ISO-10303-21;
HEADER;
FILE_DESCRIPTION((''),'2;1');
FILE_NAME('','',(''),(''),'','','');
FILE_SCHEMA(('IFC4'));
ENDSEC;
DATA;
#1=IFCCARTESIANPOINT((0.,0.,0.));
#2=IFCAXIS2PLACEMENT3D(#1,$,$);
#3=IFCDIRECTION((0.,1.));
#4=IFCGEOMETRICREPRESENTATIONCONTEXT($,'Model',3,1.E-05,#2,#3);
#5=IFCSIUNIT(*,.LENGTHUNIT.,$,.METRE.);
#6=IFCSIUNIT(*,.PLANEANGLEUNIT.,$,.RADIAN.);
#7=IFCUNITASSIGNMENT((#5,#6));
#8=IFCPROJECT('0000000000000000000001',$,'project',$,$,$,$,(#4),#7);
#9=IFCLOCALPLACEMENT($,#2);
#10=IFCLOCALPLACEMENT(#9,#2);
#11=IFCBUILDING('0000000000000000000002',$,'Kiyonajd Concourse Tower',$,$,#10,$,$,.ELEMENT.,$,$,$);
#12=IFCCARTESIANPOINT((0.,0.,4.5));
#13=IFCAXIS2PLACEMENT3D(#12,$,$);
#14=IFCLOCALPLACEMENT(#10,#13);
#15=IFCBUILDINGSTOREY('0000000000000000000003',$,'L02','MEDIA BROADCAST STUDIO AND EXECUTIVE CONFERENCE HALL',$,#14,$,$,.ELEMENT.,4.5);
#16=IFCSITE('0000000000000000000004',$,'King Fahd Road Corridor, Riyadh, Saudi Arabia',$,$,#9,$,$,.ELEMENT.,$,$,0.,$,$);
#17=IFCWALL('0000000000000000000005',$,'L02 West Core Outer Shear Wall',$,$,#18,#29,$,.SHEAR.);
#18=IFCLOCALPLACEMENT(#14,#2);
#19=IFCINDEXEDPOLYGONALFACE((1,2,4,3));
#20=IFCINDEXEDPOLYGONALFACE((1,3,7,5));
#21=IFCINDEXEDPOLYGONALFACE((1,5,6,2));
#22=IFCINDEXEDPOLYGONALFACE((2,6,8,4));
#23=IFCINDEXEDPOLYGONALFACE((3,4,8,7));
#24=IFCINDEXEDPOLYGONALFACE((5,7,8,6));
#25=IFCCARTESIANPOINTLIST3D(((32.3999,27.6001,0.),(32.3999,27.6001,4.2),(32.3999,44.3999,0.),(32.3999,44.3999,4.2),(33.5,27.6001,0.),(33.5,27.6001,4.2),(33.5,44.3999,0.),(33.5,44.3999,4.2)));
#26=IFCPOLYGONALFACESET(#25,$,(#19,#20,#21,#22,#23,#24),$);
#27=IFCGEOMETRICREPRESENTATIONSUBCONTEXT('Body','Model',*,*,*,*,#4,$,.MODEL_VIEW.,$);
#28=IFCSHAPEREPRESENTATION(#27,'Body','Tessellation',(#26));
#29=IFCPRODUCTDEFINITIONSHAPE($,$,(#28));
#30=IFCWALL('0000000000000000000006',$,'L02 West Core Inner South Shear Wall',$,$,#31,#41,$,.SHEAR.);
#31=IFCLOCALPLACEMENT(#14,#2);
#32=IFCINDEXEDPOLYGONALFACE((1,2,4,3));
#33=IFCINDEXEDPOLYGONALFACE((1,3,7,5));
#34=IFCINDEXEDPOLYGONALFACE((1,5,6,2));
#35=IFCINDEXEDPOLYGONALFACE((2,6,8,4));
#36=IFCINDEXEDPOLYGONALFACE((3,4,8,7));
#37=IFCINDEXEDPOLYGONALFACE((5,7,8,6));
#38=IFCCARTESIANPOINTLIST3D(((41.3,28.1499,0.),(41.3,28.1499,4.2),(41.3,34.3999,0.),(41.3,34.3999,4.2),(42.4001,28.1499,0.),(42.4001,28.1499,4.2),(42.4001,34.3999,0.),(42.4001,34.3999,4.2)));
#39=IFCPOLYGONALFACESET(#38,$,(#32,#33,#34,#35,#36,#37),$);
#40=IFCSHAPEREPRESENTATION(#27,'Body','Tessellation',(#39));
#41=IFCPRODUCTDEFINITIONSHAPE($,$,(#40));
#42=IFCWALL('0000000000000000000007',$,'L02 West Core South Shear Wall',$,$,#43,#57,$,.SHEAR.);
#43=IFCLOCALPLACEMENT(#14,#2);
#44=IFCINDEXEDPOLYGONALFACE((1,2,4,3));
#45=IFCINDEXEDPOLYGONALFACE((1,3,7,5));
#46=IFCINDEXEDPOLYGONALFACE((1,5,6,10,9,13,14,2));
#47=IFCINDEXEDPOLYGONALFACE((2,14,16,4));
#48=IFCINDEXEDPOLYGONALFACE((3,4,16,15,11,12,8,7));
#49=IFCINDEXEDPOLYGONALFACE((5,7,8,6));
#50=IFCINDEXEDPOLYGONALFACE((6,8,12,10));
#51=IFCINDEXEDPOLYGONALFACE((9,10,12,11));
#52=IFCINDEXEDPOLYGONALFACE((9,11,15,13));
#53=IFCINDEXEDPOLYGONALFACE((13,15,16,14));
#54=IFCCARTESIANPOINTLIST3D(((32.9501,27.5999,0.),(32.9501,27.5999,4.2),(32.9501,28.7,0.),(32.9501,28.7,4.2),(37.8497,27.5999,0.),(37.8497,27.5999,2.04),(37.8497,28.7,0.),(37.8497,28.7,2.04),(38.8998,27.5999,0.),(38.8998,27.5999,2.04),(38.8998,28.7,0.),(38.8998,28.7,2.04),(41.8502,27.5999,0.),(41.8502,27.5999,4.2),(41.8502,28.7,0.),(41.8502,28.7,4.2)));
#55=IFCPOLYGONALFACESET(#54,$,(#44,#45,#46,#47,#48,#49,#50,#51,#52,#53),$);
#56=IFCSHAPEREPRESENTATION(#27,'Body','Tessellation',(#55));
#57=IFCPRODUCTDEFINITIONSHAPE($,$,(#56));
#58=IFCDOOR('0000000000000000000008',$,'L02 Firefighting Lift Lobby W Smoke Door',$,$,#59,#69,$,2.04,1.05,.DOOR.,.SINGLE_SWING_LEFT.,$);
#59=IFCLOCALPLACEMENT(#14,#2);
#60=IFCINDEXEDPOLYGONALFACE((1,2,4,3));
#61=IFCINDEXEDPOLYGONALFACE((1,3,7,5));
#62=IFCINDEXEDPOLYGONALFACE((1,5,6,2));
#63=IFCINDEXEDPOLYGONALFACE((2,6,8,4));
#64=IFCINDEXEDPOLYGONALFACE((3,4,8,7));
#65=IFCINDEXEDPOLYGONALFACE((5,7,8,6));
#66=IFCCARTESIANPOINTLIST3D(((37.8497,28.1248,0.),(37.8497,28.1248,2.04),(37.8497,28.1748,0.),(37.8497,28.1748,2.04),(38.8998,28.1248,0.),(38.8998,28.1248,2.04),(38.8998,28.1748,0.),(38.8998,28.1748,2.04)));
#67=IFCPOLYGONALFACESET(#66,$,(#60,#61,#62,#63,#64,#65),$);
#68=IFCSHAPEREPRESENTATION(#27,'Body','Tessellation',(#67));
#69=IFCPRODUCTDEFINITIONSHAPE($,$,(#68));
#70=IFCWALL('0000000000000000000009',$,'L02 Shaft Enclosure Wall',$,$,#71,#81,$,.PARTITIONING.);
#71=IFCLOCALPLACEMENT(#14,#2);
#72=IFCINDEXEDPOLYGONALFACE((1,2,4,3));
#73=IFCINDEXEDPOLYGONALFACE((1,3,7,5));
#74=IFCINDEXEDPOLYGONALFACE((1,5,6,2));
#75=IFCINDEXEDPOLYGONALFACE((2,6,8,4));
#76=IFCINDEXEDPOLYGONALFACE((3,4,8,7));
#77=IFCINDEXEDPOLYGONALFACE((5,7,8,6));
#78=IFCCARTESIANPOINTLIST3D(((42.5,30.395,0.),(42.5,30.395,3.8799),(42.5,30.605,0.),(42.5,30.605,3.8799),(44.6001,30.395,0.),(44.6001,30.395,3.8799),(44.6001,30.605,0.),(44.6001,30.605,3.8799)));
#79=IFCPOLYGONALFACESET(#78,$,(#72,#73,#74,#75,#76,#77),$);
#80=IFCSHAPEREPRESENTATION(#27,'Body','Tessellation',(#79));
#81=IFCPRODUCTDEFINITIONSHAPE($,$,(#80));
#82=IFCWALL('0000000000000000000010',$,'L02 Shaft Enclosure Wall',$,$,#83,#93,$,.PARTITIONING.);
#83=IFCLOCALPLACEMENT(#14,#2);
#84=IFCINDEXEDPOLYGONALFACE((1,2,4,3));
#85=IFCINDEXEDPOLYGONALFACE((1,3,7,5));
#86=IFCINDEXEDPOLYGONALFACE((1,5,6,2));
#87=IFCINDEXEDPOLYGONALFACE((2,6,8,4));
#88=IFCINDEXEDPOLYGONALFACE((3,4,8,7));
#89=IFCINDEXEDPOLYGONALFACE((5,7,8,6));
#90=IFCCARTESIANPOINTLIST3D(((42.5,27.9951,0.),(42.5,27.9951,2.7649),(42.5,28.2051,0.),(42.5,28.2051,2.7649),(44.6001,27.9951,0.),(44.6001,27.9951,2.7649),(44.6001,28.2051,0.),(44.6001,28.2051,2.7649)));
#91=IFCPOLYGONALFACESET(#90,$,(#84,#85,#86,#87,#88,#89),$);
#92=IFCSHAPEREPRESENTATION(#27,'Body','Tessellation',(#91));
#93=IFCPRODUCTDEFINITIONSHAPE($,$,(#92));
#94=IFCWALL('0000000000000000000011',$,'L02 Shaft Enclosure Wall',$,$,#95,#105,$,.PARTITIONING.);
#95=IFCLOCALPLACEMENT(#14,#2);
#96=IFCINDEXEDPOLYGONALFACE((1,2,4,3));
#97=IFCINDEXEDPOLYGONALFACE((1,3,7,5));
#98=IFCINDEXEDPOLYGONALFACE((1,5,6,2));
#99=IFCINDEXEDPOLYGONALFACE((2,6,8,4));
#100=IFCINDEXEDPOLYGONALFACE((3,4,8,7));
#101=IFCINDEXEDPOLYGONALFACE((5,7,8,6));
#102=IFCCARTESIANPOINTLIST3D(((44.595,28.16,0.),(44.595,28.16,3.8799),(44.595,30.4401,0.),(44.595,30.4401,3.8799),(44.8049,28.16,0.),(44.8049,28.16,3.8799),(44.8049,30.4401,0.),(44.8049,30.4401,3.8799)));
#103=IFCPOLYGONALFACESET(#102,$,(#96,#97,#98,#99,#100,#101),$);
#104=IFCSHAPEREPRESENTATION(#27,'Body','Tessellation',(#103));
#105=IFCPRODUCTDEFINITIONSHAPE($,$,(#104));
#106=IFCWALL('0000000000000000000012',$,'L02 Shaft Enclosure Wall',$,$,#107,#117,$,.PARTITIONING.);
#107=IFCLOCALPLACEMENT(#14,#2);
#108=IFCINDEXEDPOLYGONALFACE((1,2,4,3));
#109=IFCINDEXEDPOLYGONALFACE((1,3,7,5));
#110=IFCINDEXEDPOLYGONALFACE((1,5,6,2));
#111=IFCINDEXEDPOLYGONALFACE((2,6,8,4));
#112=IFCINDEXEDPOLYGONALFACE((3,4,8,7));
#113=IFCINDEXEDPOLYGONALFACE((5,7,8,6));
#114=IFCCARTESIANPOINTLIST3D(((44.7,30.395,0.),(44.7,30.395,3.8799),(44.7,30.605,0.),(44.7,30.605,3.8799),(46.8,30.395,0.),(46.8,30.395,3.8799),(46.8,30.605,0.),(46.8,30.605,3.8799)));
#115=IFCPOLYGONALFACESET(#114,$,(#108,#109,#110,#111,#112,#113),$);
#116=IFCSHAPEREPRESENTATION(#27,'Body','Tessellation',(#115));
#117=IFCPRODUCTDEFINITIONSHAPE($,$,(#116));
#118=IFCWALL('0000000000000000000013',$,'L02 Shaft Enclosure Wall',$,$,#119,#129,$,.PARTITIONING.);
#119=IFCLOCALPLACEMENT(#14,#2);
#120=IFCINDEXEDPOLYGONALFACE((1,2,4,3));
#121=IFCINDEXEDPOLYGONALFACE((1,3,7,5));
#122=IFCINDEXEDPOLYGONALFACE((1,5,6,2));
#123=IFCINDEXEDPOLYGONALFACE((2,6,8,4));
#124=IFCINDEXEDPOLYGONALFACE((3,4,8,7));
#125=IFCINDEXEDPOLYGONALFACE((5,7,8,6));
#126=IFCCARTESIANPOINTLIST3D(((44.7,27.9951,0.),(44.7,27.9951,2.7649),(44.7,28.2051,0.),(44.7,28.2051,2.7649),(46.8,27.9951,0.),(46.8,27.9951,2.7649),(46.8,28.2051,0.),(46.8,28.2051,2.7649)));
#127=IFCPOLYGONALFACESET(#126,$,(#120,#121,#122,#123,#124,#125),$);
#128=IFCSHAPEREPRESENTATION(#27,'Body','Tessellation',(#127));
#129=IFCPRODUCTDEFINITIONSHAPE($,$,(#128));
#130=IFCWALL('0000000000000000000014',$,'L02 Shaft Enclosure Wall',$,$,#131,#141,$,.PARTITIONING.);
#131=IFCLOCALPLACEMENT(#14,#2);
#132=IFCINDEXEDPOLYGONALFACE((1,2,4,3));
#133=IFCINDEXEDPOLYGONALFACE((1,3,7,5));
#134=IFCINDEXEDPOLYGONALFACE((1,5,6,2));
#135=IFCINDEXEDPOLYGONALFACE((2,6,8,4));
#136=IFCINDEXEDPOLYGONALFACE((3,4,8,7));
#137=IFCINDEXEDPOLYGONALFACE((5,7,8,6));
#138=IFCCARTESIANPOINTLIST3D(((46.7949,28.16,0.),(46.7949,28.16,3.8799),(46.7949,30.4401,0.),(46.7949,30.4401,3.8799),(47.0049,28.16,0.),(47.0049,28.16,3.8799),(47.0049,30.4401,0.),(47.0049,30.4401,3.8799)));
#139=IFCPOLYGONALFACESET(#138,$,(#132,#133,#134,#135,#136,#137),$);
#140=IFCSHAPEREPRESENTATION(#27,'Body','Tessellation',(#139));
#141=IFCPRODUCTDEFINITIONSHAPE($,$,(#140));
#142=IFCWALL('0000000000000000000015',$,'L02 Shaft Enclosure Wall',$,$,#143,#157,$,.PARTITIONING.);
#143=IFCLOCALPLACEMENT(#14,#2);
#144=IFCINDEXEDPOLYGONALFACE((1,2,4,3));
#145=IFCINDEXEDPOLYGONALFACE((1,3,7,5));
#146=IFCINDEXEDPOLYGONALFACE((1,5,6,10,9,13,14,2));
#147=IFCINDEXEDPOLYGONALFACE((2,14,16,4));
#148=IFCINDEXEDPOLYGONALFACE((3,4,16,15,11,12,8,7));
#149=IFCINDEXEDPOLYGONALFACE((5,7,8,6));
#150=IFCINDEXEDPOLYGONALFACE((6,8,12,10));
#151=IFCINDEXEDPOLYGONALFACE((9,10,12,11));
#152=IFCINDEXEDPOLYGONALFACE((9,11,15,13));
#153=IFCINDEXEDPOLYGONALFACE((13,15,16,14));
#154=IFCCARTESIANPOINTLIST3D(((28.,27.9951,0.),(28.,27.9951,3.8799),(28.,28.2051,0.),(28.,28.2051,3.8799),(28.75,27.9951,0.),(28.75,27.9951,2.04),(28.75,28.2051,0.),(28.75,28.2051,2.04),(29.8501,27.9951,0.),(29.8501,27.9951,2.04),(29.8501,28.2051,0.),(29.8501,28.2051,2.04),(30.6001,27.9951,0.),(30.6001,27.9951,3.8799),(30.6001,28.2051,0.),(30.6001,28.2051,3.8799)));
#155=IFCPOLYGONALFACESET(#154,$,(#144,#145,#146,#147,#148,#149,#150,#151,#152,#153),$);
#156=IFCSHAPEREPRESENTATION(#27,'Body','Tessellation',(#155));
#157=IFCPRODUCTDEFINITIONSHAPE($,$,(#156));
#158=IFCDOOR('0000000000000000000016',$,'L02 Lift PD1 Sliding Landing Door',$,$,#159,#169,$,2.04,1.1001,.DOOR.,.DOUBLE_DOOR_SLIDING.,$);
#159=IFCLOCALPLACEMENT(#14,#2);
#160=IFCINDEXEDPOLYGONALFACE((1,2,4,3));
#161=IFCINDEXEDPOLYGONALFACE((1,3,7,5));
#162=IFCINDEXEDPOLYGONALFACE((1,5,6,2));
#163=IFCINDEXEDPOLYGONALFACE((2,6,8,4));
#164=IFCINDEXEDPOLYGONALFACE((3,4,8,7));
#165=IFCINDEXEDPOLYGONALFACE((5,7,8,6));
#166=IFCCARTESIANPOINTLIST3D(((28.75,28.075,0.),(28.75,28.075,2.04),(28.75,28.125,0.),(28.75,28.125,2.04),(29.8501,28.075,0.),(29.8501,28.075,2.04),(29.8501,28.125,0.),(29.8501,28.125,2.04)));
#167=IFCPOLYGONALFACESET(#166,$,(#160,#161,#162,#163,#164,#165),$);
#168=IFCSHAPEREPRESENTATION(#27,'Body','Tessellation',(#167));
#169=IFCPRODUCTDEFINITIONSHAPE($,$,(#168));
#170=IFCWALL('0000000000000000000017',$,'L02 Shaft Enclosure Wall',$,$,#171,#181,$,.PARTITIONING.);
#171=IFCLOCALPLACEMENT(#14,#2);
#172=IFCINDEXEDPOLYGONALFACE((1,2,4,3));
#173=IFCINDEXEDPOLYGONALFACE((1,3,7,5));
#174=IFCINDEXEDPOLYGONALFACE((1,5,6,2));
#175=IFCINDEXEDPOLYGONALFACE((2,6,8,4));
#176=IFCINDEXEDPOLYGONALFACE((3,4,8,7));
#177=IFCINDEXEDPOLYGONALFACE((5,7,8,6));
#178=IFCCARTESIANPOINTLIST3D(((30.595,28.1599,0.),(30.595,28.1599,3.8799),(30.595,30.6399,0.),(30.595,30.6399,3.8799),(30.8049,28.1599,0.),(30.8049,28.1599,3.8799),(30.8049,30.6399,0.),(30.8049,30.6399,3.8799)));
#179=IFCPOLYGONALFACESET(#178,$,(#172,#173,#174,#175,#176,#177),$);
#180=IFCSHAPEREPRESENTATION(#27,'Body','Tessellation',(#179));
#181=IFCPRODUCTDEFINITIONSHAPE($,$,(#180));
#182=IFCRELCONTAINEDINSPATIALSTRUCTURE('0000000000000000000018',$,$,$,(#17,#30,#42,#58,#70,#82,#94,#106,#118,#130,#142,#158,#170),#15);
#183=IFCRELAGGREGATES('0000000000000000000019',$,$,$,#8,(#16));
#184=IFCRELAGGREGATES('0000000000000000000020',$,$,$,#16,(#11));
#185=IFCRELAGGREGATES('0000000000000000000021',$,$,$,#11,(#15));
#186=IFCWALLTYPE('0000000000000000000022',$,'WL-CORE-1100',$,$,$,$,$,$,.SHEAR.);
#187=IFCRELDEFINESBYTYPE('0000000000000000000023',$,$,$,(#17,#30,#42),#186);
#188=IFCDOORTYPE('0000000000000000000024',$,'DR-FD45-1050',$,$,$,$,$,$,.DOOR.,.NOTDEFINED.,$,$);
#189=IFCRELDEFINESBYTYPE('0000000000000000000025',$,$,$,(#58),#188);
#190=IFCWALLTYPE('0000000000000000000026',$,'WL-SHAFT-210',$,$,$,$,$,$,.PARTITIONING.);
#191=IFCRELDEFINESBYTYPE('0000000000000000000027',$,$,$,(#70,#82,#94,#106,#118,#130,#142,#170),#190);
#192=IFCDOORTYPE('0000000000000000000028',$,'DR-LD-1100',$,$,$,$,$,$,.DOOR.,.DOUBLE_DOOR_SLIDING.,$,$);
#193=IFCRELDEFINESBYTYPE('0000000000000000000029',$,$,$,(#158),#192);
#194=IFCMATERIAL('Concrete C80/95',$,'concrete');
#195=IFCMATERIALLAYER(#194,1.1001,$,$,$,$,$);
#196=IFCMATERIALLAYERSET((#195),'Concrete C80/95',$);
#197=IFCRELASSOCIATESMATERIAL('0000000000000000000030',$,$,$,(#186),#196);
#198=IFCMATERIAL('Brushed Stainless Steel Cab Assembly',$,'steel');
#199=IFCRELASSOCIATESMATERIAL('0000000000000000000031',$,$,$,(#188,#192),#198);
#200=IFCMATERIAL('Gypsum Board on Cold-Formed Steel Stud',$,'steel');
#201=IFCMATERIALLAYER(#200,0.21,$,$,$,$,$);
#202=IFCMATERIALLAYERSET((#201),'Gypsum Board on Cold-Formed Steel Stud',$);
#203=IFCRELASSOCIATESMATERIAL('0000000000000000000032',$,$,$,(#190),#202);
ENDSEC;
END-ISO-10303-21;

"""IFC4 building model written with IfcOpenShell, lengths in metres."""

from ifc_helpers import new_model, si_unit, direction, frame, frame_2d, origin, place, context, subcontext, project, spatial, rectangle, extrude, material, layer, layer_set, type_object, element, fill, save


model = new_model("IFC4")

# Units and contexts
model_context = context("Model", 3, precision=1e-05, world=origin(), true_north=direction((0.0, 1.0)))
body_context = subcontext(model_context, "Body", "Model", "MODEL_VIEW")
ifc_project = project(units=[si_unit("LENGTHUNIT", "METRE"), si_unit("PLANEANGLEUNIT", "RADIAN")], contexts=[model_context])

# Site, building, storey
site_placement = place(None, origin())
site = spatial("IfcSite", under=ifc_project, at=site_placement, Name="King Fahd Road Corridor, Riyadh, Saudi Arabia", CompositionType="ELEMENT", RefElevation=0.0)
building_placement = place(site_placement, origin())
building = spatial("IfcBuilding", under=site, at=building_placement, Name="Kiyonajd Concourse Tower", CompositionType="ELEMENT")
storey_placement = place(building_placement, frame((0.0, 0.0, 4.5)))
storey = spatial("IfcBuildingStorey", under=building, at=storey_placement, Name="L02", Description="MEDIA BROADCAST STUDIO AND EXECUTIVE CONFERENCE HALL", CompositionType="ELEMENT", Elevation=4.5)

# Shared definitions
ifc_material_1 = material(Name="Concrete C80/95", Category="concrete")

# Walls
ifc_layer_1 = layer(ifc_material_1, 1.1001)
ifc_layer_set_1 = layer_set([ifc_layer_1], Name="Concrete C80/95")
wall_type_1 = type_object("IfcWallType", Name="WL-CORE-1100", PredefinedType="SHEAR", material=ifc_layer_set_1)
wall_1_placement = place(storey_placement, frame((32.95, 27.6001, 0.0), z_axis=(0.0, 0.0, 1.0), x_axis=(0.0, 1.0, 0.0)))
element("IfcWall", 1, at=wall_1_placement, inside=storey, type_object=wall_type_1, Name="L02 West Core Outer Shear Wall", PredefinedType="SHEAR", context=body_context, shape_type="SweptSolid", body=[
    extrude(rectangle(XDim=16.7998, YDim=1.1001, at=frame_2d((8.3999, 0.0))), origin(), (0.0, 0.0, 1.0), 4.2),
])
wall_2_placement = place(storey_placement, frame((41.8501, 28.1499, 0.0), z_axis=(0.0, 0.0, 1.0), x_axis=(0.0, 1.0, 0.0)))
element("IfcWall", 2, at=wall_2_placement, inside=storey, type_object=wall_type_1, Name="L02 West Core Inner South Shear Wall", PredefinedType="SHEAR", context=body_context, shape_type="SweptSolid", body=[
    extrude(rectangle(XDim=6.25, YDim=1.1001, at=frame_2d((3.125, 0.0))), origin(), (0.0, 0.0, 1.0), 4.2),
])

# Wall, opening, door
wall_3_placement = place(storey_placement, frame((32.95, 28.1499, 0.0), z_axis=(0.0, 0.0, 1.0), x_axis=(1.0, 0.0, 0.0)))
wall_3 = element("IfcWall", 3, at=wall_3_placement, inside=storey, type_object=wall_type_1, Name="L02 West Core South Shear Wall", PredefinedType="SHEAR", context=body_context, shape_type="SweptSolid", body=[
    extrude(rectangle(XDim=8.9001, YDim=1.1001, at=frame_2d((4.4502, 0.0))), origin(), (0.0, 0.0, 1.0), 4.2),
])
opening_1_placement = place(wall_3_placement, frame((4.8999, 0.0, 0.0)))
opening_1 = element("IfcOpeningElement", 4, at=opening_1_placement, cuts=wall_3, PredefinedType="OPENING", context=body_context, shape_type="SweptSolid", body=[
    extrude(rectangle(XDim=1.05, YDim=2.04, at=frame_2d((0.5249, 1.02))), frame((0.0, 0.5601, 0.0), z_axis=(0.0, -1.0, 0.0), x_axis=(1.0, 0.0, 0.0)), (0.0, 0.0, 1.0), 1.1201),
])
ifc_material_2 = material(Name="Brushed Stainless Steel Cab Assembly", Category="steel")
door_type_1 = type_object("IfcDoorType", Name="DR-FD45-1050", OperationType="NOTDEFINED", PredefinedType="DOOR", material=ifc_material_2)
door_1_placement = place(opening_1_placement, origin())
door_1 = element("IfcDoor", 5, at=door_1_placement, inside=storey, type_object=door_type_1, Name="L02 Firefighting Lift Lobby W Smoke Door", OperationType="SINGLE_SWING_LEFT", OverallHeight=2.04, OverallWidth=1.05, PredefinedType="DOOR", context=body_context, shape_type="SweptSolid", body=[
    extrude(rectangle(XDim=1.05, YDim=2.04, at=frame_2d((0.5249, 1.02))), frame((0.0, 0.0249, 0.0), z_axis=(0.0, -1.0, 0.0), x_axis=(1.0, 0.0, 0.0)), (0.0, 0.0, 1.0), 0.05),
])
fill(opening_1, door_1)

# Walls
ifc_material_3 = material(Name="Gypsum Board on Cold-Formed Steel Stud", Category="steel")
ifc_layer_2 = layer(ifc_material_3, 0.21)
ifc_layer_set_2 = layer_set([ifc_layer_2], Name="Gypsum Board on Cold-Formed Steel Stud")
wall_type_2 = type_object("IfcWallType", Name="WL-SHAFT-210", PredefinedType="PARTITIONING", material=ifc_layer_set_2)
wall_4_placement = place(storey_placement, frame((42.5, 30.5, 0.0), z_axis=(0.0, 0.0, 1.0), x_axis=(1.0, 0.0, 0.0)))
element("IfcWall", 6, at=wall_4_placement, inside=storey, type_object=wall_type_2, Name="L02 Shaft Enclosure Wall", PredefinedType="PARTITIONING", context=body_context, shape_type="SweptSolid", body=[
    extrude(rectangle(XDim=2.1001, YDim=0.21, at=frame_2d((1.05, 0.0))), origin(), (0.0, 0.0, 1.0), 3.8799),
])
wall_5_placement = place(storey_placement, frame((42.5, 28.1001, 0.0), z_axis=(0.0, 0.0, 1.0), x_axis=(1.0, 0.0, 0.0)))
element("IfcWall", 7, at=wall_5_placement, inside=storey, type_object=wall_type_2, Name="L02 Shaft Enclosure Wall", PredefinedType="PARTITIONING", context=body_context, shape_type="SweptSolid", body=[
    extrude(rectangle(XDim=2.1001, YDim=0.21, at=frame_2d((1.05, 0.0))), origin(), (0.0, 0.0, 1.0), 2.7649),
])
wall_6_placement = place(storey_placement, frame((44.7, 28.1599, 0.0), z_axis=(0.0, 0.0, 1.0), x_axis=(0.0, 1.0, 0.0)))
element("IfcWall", 8, at=wall_6_placement, inside=storey, type_object=wall_type_2, Name="L02 Shaft Enclosure Wall", PredefinedType="PARTITIONING", context=body_context, shape_type="SweptSolid", body=[
    extrude(rectangle(XDim=2.28, YDim=0.21, at=frame_2d((1.1401, 0.0))), origin(), (0.0, 0.0, 1.0), 3.8799),
])
wall_7_placement = place(storey_placement, frame((44.7, 30.5, 0.0), z_axis=(0.0, 0.0, 1.0), x_axis=(1.0, 0.0, 0.0)))
element("IfcWall", 9, at=wall_7_placement, inside=storey, type_object=wall_type_2, Name="L02 Shaft Enclosure Wall", PredefinedType="PARTITIONING", context=body_context, shape_type="SweptSolid", body=[
    extrude(rectangle(XDim=2.1001, YDim=0.21, at=frame_2d((1.05, 0.0))), origin(), (0.0, 0.0, 1.0), 3.8799),
])
wall_8_placement = place(storey_placement, frame((44.7, 28.1001, 0.0), z_axis=(0.0, 0.0, 1.0), x_axis=(1.0, 0.0, 0.0)))
element("IfcWall", 10, at=wall_8_placement, inside=storey, type_object=wall_type_2, Name="L02 Shaft Enclosure Wall", PredefinedType="PARTITIONING", context=body_context, shape_type="SweptSolid", body=[
    extrude(rectangle(XDim=2.1001, YDim=0.21, at=frame_2d((1.05, 0.0))), origin(), (0.0, 0.0, 1.0), 2.7649),
])
wall_9_placement = place(storey_placement, frame((46.8999, 28.1599, 0.0), z_axis=(0.0, 0.0, 1.0), x_axis=(0.0, 1.0, 0.0)))
element("IfcWall", 11, at=wall_9_placement, inside=storey, type_object=wall_type_2, Name="L02 Shaft Enclosure Wall", PredefinedType="PARTITIONING", context=body_context, shape_type="SweptSolid", body=[
    extrude(rectangle(XDim=2.28, YDim=0.21, at=frame_2d((1.1401, 0.0))), origin(), (0.0, 0.0, 1.0), 3.8799),
])

# Wall, opening, door
wall_10_placement = place(storey_placement, frame((28.0, 28.1001, 0.0), z_axis=(0.0, 0.0, 1.0), x_axis=(1.0, 0.0, 0.0)))
wall_10 = element("IfcWall", 12, at=wall_10_placement, inside=storey, type_object=wall_type_2, Name="L02 Shaft Enclosure Wall", PredefinedType="PARTITIONING", context=body_context, shape_type="SweptSolid", body=[
    extrude(rectangle(XDim=2.6001, YDim=0.21, at=frame_2d((1.3, 0.0))), origin(), (0.0, 0.0, 1.0), 3.8799),
])
opening_2_placement = place(wall_10_placement, frame((0.75, 0.0, 0.0)))
opening_2 = element("IfcOpeningElement", 13, at=opening_2_placement, cuts=wall_10, PredefinedType="OPENING", context=body_context, shape_type="SweptSolid", body=[
    extrude(rectangle(XDim=1.1001, YDim=2.04, at=frame_2d((0.55, 1.02))), frame((0.0, 0.115, 0.0), z_axis=(0.0, -1.0, 0.0), x_axis=(1.0, 0.0, 0.0)), (0.0, 0.0, 1.0), 0.23),
])
door_type_2 = type_object("IfcDoorType", Name="DR-LD-1100", OperationType="DOUBLE_DOOR_SLIDING", PredefinedType="DOOR", material=ifc_material_2)
door_2_placement = place(opening_2_placement, origin())
door_2 = element("IfcDoor", 14, at=door_2_placement, inside=storey, type_object=door_type_2, Name="L02 Lift PD1 Sliding Landing Door", OperationType="DOUBLE_DOOR_SLIDING", OverallHeight=2.04, OverallWidth=1.1001, PredefinedType="DOOR", context=body_context, shape_type="SweptSolid", body=[
    extrude(rectangle(XDim=1.1001, YDim=2.04, at=frame_2d((0.55, 1.02))), frame((0.0, 0.0249, 0.0), z_axis=(0.0, -1.0, 0.0), x_axis=(1.0, 0.0, 0.0)), (0.0, 0.0, 1.0), 0.05),
])
fill(opening_2, door_2)

# Wall
wall_11_placement = place(storey_placement, frame((30.7, 28.1599, 0.0), z_axis=(0.0, 0.0, 1.0), x_axis=(0.0, 1.0, 0.0)))
element("IfcWall", 15, at=wall_11_placement, inside=storey, type_object=wall_type_2, Name="L02 Shaft Enclosure Wall", PredefinedType="PARTITIONING", context=body_context, shape_type="SweptSolid", body=[
    extrude(rectangle(XDim=2.48, YDim=0.21, at=frame_2d((1.24, 0.0))), origin(), (0.0, 0.0, 1.0), 3.8799),
])

save(model, "model.ifc")
